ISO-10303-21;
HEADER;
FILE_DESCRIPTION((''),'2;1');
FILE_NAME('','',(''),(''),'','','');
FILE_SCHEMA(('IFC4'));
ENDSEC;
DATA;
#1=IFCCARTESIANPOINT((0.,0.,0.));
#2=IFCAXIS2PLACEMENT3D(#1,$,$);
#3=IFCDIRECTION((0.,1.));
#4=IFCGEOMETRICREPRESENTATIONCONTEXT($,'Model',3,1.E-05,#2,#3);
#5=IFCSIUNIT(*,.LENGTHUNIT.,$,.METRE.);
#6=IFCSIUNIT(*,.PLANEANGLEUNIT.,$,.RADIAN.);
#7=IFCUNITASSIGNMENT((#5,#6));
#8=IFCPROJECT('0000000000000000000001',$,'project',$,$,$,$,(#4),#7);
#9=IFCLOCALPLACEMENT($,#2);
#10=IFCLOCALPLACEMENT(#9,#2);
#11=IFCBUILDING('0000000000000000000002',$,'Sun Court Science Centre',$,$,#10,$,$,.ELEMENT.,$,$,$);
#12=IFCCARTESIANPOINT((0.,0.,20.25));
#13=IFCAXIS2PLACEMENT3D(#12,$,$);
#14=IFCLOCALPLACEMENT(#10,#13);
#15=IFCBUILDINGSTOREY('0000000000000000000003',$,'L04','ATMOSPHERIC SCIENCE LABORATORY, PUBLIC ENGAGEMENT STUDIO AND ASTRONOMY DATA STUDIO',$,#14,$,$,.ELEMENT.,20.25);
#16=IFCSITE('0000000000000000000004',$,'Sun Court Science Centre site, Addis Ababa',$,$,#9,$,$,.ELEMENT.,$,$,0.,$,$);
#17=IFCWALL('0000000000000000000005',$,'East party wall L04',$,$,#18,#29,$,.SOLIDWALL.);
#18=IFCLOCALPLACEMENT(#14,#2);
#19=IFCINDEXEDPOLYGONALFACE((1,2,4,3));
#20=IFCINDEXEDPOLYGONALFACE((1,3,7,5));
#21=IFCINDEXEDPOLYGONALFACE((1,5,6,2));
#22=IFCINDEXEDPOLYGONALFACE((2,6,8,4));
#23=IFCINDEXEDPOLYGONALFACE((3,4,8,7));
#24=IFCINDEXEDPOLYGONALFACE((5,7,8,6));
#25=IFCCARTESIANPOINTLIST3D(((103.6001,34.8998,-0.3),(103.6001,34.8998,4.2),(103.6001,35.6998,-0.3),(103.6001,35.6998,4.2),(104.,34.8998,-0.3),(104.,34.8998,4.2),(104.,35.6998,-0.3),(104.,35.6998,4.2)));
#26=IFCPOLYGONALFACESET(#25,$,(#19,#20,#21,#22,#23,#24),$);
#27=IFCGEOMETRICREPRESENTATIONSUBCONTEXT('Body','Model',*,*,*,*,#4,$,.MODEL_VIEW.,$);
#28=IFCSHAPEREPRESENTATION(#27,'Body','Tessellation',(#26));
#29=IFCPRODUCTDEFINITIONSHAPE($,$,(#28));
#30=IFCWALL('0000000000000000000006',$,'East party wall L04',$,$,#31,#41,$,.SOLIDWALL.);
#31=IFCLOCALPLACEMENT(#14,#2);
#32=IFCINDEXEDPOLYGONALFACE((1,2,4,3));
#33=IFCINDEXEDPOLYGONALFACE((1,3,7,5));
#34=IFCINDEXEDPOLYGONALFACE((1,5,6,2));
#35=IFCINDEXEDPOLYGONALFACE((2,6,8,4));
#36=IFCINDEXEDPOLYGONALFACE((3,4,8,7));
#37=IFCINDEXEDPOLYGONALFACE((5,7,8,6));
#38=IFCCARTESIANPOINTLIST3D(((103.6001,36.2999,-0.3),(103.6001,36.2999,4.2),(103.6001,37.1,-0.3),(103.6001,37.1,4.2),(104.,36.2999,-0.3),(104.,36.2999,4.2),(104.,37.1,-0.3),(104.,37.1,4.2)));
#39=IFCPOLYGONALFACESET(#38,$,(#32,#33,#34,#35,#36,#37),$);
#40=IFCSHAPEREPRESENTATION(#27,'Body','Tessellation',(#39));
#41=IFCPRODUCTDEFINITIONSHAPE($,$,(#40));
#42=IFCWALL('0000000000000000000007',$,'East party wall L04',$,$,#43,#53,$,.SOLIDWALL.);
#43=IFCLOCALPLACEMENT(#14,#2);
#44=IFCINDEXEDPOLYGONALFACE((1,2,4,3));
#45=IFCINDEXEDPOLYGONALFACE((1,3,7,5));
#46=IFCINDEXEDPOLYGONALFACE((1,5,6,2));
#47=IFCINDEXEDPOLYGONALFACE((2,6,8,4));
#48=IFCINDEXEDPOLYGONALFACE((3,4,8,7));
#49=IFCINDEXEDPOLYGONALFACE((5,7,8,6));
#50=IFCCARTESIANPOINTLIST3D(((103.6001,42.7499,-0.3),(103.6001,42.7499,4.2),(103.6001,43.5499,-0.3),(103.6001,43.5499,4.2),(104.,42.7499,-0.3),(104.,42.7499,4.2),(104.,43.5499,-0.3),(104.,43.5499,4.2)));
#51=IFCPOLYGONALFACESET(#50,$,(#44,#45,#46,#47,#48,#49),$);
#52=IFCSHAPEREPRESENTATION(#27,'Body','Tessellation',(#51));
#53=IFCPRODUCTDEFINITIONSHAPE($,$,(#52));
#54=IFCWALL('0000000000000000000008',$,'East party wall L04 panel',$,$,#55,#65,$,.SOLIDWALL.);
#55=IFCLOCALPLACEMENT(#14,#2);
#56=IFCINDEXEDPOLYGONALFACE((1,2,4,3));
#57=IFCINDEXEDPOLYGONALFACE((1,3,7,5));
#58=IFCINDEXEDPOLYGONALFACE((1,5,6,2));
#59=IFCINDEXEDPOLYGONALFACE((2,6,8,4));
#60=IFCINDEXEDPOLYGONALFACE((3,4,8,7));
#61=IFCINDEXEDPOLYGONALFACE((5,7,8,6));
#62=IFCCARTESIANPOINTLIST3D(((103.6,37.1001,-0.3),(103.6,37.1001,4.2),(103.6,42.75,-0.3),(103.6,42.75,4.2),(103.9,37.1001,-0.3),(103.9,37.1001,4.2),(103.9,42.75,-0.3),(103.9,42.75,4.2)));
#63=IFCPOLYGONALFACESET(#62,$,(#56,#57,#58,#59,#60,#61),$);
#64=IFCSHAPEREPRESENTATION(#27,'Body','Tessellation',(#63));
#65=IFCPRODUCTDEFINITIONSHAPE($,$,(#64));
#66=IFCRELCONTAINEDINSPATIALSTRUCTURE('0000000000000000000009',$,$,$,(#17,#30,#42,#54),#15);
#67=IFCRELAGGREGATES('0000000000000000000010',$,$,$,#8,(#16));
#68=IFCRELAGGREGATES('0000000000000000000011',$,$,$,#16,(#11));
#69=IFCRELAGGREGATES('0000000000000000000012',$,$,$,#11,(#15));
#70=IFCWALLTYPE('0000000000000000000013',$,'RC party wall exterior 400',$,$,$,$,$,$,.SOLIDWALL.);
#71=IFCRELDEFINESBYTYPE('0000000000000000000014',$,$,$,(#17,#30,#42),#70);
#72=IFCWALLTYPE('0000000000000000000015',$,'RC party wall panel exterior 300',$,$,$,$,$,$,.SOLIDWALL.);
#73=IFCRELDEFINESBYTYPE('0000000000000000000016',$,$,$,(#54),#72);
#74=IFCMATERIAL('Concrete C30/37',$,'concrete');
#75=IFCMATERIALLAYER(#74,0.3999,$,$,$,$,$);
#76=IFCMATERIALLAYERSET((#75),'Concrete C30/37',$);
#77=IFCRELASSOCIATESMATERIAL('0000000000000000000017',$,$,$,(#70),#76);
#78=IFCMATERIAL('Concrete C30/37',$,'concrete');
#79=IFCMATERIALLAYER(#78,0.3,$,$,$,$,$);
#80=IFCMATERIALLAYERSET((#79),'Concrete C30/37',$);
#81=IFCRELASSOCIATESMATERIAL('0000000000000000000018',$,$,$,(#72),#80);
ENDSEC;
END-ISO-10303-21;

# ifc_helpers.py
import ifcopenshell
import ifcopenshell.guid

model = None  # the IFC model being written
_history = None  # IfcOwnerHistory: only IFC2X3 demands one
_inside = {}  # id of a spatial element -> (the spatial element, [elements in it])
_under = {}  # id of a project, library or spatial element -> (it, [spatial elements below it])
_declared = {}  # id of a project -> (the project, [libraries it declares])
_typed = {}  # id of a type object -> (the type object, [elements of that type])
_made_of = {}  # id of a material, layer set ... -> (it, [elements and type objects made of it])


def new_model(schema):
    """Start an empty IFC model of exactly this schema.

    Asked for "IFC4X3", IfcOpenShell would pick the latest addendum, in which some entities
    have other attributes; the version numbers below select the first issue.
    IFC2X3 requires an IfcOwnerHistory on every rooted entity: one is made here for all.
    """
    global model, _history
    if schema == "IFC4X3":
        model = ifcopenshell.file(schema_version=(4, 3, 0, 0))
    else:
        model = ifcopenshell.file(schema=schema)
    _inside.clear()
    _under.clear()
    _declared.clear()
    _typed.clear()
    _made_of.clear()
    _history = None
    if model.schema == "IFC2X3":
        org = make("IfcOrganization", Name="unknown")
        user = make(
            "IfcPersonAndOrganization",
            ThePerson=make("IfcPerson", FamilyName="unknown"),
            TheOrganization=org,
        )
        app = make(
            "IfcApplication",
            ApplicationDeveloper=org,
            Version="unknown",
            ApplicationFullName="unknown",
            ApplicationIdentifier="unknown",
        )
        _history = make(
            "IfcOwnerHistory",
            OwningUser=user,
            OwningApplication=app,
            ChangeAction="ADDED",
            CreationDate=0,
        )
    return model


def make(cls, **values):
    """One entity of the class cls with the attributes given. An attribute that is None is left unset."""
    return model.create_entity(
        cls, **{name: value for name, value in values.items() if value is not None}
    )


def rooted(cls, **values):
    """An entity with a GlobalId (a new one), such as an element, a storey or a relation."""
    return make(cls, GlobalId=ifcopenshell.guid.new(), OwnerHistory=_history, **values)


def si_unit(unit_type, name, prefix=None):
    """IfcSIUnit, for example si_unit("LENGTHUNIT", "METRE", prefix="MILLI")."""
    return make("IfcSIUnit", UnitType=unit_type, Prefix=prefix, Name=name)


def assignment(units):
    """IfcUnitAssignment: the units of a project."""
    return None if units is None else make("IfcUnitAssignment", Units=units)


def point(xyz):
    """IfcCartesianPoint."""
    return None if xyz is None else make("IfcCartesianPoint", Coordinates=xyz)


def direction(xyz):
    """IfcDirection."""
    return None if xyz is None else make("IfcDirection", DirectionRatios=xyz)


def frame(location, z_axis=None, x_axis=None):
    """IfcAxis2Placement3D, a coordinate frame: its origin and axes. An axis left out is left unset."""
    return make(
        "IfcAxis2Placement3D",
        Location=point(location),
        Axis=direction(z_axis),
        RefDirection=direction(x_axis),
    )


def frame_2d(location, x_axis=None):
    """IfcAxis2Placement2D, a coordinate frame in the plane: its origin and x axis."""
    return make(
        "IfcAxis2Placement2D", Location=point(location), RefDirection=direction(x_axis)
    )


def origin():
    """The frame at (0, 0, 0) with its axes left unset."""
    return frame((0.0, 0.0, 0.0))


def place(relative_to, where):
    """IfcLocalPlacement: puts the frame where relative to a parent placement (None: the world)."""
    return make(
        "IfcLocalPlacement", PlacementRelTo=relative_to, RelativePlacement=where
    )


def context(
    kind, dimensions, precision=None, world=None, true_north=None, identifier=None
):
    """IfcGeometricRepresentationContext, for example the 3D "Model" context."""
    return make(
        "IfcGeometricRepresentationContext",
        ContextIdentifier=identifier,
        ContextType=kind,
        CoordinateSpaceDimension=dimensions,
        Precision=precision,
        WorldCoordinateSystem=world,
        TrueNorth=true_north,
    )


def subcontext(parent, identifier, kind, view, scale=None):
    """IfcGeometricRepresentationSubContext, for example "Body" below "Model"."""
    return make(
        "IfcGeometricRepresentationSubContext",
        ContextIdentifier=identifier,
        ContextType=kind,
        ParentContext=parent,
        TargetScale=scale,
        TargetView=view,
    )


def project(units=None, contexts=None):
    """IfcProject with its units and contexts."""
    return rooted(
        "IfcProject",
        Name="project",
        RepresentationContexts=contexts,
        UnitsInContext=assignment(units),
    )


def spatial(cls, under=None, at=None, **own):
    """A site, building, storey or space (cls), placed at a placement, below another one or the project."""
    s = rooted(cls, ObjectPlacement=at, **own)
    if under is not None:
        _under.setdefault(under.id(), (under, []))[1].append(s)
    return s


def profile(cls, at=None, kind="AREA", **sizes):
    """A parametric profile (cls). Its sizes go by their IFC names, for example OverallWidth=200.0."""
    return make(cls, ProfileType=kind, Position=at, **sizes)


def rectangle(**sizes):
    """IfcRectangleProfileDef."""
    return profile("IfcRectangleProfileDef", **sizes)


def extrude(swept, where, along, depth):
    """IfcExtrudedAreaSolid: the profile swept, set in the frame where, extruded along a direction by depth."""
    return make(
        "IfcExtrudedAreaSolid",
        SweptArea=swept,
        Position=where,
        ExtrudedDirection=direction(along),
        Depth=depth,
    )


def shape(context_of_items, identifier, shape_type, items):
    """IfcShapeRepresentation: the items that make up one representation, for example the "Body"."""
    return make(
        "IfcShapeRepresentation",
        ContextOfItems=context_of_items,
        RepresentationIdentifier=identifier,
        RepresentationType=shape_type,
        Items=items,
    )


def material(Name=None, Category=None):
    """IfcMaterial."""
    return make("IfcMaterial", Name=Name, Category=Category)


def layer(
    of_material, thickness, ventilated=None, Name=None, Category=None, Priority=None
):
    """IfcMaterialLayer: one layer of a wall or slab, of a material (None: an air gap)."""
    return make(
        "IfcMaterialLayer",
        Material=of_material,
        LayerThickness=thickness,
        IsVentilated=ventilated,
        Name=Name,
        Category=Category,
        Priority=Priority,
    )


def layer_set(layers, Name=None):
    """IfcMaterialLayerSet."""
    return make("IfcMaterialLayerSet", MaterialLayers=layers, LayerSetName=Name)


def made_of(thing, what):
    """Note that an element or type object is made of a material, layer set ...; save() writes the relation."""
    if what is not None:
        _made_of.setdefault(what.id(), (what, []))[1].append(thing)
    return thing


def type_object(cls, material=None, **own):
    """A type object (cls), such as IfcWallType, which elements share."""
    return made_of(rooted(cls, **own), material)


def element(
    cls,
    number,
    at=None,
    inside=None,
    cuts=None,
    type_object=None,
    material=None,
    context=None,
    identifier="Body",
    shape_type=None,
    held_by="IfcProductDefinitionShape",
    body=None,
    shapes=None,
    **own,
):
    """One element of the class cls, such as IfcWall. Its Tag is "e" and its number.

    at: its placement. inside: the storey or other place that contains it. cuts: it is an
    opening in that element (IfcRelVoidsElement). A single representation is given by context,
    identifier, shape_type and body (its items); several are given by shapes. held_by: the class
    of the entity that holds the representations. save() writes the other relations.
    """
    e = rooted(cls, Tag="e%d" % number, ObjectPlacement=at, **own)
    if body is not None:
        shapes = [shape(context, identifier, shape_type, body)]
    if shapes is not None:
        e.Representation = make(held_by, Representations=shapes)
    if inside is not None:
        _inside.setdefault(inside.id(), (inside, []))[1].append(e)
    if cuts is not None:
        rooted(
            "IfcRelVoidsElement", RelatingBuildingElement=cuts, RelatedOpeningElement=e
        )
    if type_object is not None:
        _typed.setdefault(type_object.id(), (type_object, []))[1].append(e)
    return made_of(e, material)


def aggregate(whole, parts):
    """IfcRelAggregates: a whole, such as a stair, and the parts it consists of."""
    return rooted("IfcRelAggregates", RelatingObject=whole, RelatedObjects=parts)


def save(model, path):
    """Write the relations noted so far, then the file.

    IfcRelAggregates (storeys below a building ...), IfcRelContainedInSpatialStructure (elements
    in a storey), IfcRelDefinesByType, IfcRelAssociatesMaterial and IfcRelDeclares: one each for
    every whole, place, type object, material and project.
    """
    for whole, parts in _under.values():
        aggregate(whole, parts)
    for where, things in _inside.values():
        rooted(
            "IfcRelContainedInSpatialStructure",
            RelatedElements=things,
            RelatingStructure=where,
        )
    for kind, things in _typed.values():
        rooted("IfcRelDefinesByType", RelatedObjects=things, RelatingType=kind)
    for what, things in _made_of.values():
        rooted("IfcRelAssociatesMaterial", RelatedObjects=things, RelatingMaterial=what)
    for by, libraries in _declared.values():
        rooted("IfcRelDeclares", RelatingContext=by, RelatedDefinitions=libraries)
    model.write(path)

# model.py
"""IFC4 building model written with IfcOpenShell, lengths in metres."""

from ifc_helpers import new_model, si_unit, direction, frame, frame_2d, origin, place, context, subcontext, project, spatial, rectangle, extrude, material, layer, layer_set, type_object, element, save


model = new_model("IFC4")

# Units and contexts
model_context = context("Model", 3, precision=1e-05, world=origin(), true_north=direction((0.0, 1.0)))
body_context = subcontext(model_context, "Body", "Model", "MODEL_VIEW")
ifc_project = project(units=[si_unit("LENGTHUNIT", "METRE"), si_unit("PLANEANGLEUNIT", "RADIAN")], contexts=[model_context])

# Site, building, storey
site_placement = place(None, origin())
site = spatial("IfcSite", under=ifc_project, at=site_placement, Name="Sun Court Science Centre site, Addis Ababa", CompositionType="ELEMENT", RefElevation=0.0)
building_placement = place(site_placement, origin())
building = spatial("IfcBuilding", under=site, at=building_placement, Name="Sun Court Science Centre", CompositionType="ELEMENT")
storey_placement = place(building_placement, frame((0.0, 0.0, 20.25)))
storey = spatial("IfcBuildingStorey", under=building, at=storey_placement, Name="L04", Description="ATMOSPHERIC SCIENCE LABORATORY, PUBLIC ENGAGEMENT STUDIO AND ASTRONOMY DATA STUDIO", CompositionType="ELEMENT", Elevation=20.25)

# Walls
ifc_material_1 = material(Name="Concrete C30/37", Category="concrete")
ifc_layer_1 = layer(ifc_material_1, 0.3999)
ifc_layer_set_1 = layer_set([ifc_layer_1], Name="Concrete C30/37")
wall_type_1 = type_object("IfcWallType", Name="RC party wall exterior 400", PredefinedType="SOLIDWALL", material=ifc_layer_set_1)
for number, where, z_axis, x_axis, name in (
    (1, (103.8, 34.8999, -0.3), (0.0, 0.0, 1.0), (0.0, 1.0, 0.0), "East party wall L04"),
    (2, (103.8, 36.3, -0.3), (0.0, 0.0, 1.0), (0.0, 1.0, 0.0), "East party wall L04"),
    (3, (103.8, 42.75, -0.3), (0.0, 0.0, 1.0), (0.0, 1.0, 0.0), "East party wall L04"),
):
    element("IfcWall", number, at=place(storey_placement, frame(where, z_axis=z_axis, x_axis=x_axis)), inside=storey, type_object=wall_type_1, Name=name, PredefinedType="SOLIDWALL", context=body_context, shape_type="SweptSolid", body=[
        extrude(rectangle(XDim=0.8, YDim=0.3999, at=frame_2d((0.3999, 0.0))), origin(), (0.0, 0.0, 1.0), 4.5),
    ])
ifc_material_2 = material(Name="Concrete C30/37", Category="concrete")
ifc_layer_2 = layer(ifc_material_2, 0.3)
ifc_layer_set_2 = layer_set([ifc_layer_2], Name="Concrete C30/37")
wall_type_2 = type_object("IfcWallType", Name="RC party wall panel exterior 300", PredefinedType="SOLIDWALL", material=ifc_layer_set_2)
wall_1_placement = place(storey_placement, frame((103.75, 37.1001, -0.3), z_axis=(0.0, 0.0, 1.0), x_axis=(0.0, 1.0, 0.0)))
element("IfcWall", 4, at=wall_1_placement, inside=storey, type_object=wall_type_2, Name="East party wall L04 panel", PredefinedType="SOLIDWALL", context=body_context, shape_type="SweptSolid", body=[
    extrude(rectangle(XDim=5.6499, YDim=0.3, at=frame_2d((2.825, 0.0))), origin(), (0.0, 0.0, 1.0), 4.5),
])

save(model, "model.ifc")
